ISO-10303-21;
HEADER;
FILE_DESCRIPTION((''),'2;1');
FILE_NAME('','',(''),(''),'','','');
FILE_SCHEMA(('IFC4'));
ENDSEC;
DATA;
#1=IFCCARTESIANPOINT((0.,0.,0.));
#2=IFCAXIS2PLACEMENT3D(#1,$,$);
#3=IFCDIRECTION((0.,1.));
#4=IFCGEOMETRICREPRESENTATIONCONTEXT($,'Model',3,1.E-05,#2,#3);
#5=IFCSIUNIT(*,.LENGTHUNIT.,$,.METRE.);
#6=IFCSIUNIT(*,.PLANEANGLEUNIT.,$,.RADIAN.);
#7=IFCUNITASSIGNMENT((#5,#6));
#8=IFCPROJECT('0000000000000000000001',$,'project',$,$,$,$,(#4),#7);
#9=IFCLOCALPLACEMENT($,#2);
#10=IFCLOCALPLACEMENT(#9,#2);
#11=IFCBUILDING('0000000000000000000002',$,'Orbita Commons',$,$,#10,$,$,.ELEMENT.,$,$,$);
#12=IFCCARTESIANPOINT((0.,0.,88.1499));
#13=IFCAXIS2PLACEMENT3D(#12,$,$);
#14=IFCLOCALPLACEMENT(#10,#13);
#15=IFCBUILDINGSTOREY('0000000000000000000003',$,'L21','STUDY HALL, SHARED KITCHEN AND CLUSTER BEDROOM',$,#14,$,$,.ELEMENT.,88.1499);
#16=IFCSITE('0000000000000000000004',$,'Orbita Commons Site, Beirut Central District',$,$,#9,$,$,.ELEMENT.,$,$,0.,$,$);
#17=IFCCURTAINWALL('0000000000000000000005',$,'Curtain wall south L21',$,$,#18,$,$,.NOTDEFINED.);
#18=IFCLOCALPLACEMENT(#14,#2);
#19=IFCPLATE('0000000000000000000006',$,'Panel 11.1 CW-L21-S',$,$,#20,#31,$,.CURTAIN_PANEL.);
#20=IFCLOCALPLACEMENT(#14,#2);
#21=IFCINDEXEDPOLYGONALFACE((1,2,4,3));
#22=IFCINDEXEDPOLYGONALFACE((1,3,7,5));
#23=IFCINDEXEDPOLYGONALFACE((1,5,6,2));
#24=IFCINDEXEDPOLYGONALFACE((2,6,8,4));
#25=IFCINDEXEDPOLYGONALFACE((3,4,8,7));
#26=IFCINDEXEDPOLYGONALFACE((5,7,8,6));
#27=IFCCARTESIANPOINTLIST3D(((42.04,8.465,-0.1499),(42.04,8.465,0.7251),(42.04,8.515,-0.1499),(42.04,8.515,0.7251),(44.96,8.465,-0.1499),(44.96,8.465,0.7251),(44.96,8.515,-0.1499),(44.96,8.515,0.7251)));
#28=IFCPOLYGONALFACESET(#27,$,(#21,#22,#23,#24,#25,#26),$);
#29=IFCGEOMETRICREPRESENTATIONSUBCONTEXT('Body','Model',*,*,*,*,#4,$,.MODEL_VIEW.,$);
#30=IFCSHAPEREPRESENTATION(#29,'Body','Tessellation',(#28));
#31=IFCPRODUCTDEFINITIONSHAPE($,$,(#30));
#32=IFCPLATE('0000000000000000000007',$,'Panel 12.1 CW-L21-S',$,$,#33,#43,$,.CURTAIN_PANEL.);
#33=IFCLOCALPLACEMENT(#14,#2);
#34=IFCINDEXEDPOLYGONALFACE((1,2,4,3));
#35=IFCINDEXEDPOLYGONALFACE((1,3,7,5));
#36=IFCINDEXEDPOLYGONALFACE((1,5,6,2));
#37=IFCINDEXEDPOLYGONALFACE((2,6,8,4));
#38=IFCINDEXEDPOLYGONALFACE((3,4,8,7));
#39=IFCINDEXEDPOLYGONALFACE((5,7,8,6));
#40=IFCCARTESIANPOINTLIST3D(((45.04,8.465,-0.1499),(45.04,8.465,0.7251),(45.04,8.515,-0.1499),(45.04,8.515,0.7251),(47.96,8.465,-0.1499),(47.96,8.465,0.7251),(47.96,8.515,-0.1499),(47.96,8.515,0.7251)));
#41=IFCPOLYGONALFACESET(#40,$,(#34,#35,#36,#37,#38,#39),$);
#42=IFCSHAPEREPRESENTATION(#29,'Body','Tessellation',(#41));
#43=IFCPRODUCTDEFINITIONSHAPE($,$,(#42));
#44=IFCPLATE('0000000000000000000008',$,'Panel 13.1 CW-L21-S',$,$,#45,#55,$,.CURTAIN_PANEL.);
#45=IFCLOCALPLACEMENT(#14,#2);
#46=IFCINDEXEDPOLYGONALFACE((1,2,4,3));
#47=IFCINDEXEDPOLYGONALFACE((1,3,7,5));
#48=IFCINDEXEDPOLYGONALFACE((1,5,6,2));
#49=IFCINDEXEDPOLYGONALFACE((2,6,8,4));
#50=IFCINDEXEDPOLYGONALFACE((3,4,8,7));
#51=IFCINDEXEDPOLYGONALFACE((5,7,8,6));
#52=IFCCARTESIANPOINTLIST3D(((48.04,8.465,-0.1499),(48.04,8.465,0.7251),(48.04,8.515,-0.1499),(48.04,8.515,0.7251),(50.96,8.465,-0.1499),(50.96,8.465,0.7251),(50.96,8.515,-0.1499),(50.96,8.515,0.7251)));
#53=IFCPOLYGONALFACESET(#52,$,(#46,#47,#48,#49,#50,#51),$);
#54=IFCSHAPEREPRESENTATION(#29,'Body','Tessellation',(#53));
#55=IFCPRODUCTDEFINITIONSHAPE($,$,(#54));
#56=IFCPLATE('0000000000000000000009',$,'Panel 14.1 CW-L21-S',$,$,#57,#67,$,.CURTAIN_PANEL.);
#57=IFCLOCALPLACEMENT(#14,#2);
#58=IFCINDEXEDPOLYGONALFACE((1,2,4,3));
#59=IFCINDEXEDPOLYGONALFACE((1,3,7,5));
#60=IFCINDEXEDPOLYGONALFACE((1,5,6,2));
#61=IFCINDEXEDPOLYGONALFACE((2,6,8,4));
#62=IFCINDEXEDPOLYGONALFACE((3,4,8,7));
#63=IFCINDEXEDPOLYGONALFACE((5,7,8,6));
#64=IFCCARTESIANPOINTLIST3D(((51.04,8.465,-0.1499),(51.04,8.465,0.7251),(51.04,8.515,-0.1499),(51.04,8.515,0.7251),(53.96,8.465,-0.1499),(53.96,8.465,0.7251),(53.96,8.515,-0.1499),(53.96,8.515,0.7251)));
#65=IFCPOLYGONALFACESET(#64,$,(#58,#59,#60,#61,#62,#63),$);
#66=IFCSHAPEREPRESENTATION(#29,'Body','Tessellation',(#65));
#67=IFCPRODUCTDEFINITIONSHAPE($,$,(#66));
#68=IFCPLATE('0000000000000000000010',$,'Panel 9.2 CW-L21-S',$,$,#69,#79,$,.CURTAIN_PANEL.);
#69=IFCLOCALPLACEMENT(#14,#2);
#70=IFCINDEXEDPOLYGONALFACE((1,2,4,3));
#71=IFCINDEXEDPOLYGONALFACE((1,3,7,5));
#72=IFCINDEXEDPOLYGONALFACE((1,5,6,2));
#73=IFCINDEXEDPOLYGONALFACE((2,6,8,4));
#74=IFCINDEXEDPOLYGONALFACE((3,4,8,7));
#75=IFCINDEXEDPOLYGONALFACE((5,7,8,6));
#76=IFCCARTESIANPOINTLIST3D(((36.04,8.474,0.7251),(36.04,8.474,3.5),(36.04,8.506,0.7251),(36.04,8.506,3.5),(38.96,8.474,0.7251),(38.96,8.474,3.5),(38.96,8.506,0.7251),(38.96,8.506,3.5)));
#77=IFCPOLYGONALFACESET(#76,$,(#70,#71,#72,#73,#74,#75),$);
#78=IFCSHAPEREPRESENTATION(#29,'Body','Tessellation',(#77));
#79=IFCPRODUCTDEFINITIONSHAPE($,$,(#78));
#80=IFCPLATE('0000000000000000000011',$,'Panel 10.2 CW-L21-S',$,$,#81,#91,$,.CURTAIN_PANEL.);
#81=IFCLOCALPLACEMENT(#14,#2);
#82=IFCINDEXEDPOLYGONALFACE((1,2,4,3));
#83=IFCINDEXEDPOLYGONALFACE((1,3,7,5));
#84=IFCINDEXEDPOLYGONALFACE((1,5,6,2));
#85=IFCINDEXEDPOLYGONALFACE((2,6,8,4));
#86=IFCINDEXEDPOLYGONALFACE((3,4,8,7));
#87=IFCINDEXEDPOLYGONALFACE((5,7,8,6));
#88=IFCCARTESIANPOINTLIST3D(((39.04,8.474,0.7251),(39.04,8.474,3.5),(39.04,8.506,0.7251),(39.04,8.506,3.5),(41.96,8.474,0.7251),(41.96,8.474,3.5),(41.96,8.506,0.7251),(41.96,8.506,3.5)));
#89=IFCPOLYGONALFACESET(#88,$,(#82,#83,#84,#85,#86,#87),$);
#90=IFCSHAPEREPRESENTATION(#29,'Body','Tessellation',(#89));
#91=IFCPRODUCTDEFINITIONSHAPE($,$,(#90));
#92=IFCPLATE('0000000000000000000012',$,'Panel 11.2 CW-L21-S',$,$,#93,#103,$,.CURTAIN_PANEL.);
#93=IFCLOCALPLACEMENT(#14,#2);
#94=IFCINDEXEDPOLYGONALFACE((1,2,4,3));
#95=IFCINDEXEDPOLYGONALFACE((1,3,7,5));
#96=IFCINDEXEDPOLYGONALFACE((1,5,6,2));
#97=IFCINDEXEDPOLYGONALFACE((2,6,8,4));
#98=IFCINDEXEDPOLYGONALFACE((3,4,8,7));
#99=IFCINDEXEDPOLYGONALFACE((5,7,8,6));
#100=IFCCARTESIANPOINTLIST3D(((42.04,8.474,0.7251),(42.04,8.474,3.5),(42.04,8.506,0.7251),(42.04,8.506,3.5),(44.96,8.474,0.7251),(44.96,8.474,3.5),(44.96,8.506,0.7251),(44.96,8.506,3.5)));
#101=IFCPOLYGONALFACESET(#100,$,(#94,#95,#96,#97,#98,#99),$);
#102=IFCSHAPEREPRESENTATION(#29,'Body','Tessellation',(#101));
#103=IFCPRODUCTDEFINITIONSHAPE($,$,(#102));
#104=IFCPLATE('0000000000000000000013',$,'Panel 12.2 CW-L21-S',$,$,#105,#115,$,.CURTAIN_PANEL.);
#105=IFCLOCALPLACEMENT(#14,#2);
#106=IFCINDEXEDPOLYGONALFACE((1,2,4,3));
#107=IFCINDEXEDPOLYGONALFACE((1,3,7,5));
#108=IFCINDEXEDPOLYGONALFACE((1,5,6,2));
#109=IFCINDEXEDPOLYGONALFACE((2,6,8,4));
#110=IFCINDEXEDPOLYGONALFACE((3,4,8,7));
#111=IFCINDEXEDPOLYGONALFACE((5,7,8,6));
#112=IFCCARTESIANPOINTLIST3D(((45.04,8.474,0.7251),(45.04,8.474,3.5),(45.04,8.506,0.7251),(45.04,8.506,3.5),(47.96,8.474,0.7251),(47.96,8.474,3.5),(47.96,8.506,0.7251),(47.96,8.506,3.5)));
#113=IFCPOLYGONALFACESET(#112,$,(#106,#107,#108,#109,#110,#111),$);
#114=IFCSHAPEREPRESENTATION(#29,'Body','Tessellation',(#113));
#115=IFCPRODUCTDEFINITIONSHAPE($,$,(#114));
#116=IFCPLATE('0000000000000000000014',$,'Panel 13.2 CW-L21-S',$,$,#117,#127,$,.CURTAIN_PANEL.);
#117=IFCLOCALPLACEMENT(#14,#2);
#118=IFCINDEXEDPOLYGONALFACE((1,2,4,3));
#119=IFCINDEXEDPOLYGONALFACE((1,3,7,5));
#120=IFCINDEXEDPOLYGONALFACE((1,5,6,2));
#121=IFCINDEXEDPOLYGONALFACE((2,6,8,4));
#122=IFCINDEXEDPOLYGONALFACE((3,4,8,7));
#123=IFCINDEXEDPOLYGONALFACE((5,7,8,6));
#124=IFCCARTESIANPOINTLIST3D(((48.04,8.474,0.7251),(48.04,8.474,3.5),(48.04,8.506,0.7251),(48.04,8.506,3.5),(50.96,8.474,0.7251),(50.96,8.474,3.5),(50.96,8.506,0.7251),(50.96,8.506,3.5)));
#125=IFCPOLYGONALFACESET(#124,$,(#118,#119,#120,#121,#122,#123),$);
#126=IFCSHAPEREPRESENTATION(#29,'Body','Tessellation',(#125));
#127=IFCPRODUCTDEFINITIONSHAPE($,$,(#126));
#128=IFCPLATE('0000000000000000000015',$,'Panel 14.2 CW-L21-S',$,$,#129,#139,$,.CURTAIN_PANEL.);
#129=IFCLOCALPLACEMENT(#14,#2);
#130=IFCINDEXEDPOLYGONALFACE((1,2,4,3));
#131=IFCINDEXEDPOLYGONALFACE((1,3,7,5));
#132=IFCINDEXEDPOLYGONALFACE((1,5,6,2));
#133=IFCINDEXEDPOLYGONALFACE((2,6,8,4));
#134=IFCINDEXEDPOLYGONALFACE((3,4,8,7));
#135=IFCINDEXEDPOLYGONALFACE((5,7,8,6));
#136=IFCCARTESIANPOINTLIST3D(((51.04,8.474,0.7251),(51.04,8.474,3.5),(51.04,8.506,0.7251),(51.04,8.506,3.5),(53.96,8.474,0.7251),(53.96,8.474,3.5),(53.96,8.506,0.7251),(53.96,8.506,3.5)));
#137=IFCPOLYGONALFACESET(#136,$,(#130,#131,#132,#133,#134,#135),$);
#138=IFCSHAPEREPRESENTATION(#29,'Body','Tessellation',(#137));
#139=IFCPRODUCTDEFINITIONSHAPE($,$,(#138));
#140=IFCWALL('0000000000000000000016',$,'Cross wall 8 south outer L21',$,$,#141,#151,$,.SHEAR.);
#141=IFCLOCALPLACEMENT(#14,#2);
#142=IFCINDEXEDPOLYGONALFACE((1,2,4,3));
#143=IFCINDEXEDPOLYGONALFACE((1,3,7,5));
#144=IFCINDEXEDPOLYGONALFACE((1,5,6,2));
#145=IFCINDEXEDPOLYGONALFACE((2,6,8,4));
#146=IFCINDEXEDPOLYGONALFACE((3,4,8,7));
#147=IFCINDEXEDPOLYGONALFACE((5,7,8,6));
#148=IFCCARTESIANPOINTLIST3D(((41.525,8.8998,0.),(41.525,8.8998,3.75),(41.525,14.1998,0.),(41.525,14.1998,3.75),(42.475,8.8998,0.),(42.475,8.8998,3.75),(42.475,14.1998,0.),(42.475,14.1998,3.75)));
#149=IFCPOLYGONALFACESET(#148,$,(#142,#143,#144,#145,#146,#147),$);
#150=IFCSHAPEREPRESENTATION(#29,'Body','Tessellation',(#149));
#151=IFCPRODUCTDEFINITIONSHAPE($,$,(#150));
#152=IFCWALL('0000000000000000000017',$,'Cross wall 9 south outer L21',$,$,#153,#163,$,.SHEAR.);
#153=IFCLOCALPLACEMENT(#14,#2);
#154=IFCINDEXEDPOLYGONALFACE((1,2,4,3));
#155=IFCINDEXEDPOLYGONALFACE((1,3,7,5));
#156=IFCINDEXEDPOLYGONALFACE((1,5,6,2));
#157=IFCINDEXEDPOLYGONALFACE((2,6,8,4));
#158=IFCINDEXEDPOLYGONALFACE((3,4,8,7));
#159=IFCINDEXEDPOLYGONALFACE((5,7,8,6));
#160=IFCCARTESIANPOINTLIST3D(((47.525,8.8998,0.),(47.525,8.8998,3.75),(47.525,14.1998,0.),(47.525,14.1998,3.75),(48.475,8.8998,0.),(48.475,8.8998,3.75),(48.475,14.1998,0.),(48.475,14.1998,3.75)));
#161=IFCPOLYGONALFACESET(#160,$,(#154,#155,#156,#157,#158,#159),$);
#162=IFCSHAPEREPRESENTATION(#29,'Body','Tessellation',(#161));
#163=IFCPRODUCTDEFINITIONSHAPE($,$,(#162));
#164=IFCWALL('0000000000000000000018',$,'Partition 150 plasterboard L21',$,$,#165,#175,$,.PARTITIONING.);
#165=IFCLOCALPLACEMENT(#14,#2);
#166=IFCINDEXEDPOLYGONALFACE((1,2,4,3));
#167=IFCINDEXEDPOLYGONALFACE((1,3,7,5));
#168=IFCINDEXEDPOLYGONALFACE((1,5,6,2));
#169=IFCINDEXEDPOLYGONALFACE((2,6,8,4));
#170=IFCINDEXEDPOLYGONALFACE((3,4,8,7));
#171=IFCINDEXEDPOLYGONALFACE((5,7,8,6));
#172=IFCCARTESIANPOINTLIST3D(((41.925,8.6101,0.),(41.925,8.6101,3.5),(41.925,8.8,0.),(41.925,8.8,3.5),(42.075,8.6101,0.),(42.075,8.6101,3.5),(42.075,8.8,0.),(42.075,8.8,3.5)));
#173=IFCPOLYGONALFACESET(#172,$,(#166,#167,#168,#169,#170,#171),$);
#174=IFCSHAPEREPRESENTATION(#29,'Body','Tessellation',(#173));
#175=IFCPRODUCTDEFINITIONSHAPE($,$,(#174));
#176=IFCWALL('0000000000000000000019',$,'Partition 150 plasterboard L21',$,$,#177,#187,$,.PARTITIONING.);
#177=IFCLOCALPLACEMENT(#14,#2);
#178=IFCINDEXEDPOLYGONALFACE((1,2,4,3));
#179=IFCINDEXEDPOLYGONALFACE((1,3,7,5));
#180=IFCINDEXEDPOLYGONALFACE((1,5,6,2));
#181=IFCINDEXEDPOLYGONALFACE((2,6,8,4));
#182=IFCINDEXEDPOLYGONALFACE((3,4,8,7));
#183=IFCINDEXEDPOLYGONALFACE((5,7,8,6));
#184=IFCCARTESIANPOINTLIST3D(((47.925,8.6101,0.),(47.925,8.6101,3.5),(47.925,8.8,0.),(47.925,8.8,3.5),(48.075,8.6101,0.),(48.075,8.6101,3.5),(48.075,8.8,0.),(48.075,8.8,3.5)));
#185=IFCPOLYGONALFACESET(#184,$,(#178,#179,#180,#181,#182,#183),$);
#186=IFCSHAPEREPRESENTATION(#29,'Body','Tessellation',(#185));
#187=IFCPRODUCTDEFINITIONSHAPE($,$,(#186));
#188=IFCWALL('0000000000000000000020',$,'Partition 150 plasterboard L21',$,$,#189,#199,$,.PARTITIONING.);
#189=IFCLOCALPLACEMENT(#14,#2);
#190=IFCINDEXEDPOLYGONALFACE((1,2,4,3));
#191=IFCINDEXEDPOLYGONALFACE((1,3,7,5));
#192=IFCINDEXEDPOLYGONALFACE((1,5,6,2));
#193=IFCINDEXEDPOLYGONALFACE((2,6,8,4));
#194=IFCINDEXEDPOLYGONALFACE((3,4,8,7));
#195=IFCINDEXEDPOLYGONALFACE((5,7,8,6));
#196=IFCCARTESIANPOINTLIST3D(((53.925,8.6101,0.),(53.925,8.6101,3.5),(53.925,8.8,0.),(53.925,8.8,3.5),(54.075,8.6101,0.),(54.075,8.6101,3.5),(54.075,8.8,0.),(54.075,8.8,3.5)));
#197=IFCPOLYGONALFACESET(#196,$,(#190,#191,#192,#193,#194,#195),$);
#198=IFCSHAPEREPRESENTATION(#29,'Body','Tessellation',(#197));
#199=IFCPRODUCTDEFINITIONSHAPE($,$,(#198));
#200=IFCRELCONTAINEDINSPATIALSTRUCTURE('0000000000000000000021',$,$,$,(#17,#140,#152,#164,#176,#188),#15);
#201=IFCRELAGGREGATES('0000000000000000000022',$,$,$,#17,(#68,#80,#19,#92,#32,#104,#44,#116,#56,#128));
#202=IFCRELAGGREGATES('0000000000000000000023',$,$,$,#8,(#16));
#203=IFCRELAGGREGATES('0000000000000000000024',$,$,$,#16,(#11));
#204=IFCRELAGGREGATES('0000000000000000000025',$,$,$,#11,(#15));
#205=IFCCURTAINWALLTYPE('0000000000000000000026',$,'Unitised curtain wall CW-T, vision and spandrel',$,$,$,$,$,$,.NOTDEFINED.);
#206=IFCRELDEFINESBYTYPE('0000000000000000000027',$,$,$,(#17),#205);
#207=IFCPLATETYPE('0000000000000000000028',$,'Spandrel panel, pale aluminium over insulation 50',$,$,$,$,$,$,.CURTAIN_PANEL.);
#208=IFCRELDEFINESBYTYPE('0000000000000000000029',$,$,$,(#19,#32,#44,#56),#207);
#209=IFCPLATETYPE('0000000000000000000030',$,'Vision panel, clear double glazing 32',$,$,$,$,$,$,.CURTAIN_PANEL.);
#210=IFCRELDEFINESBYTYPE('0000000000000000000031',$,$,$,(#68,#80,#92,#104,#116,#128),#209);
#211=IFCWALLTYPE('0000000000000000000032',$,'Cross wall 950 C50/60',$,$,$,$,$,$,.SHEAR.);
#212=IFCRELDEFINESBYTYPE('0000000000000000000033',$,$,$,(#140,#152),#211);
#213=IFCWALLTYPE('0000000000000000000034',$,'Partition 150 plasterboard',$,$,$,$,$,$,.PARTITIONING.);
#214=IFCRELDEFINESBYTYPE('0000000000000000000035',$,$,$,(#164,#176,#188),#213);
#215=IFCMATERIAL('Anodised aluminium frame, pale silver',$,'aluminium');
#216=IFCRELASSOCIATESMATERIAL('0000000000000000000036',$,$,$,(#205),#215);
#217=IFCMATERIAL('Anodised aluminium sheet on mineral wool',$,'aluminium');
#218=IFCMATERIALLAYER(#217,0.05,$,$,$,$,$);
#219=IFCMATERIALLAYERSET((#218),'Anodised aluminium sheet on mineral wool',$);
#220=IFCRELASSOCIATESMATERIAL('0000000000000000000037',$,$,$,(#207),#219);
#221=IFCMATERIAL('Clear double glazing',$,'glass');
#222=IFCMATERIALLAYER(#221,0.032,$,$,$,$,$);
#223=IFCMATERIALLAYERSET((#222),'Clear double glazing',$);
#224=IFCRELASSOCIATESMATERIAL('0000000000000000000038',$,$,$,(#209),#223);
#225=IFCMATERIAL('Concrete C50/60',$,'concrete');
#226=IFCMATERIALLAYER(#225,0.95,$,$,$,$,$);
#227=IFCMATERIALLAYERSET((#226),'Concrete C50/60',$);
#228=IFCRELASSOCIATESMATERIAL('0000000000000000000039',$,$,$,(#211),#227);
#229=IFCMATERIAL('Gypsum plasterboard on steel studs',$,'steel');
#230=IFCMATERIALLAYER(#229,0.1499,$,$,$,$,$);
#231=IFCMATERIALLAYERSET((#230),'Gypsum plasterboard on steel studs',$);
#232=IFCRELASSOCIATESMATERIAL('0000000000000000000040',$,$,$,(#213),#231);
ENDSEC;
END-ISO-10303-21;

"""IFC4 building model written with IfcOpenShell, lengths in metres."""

from ifc_helpers import new_model, si_unit, direction, frame, frame_2d, origin, origin_2d, place, context, subcontext, project, spatial, rectangle, extrude, material, layer, layer_set, type_object, element, aggregate, save


model = new_model("IFC4")

# Units and contexts
model_context = context("Model", 3, precision=1e-05, world=origin(), true_north=direction((0.0, 1.0)))
body_context = subcontext(model_context, "Body", "Model", "MODEL_VIEW")
ifc_project = project(units=[si_unit("LENGTHUNIT", "METRE"), si_unit("PLANEANGLEUNIT", "RADIAN")], contexts=[model_context])

# Site, building, storey
site_placement = place(None, origin())
site = spatial("IfcSite", under=ifc_project, at=site_placement, Name="Orbita Commons Site, Beirut Central District", CompositionType="ELEMENT", RefElevation=0.0)
building_placement = place(site_placement, origin())
building = spatial("IfcBuilding", under=site, at=building_placement, Name="Orbita Commons", CompositionType="ELEMENT")
storey_placement = place(building_placement, frame((0.0, 0.0, 88.1499)))
storey = spatial("IfcBuildingStorey", under=building, at=storey_placement, Name="L21", Description="STUDY HALL, SHARED KITCHEN AND CLUSTER BEDROOM", CompositionType="ELEMENT", Elevation=88.1499)

# Curtain wall, plates
ifc_material_1 = material(Name="Anodised aluminium frame, pale silver", Category="aluminium")
curtain_wall_type = type_object("IfcCurtainWallType", Name="Unitised curtain wall CW-T, vision and spandrel", PredefinedType="NOTDEFINED", material=ifc_material_1)
curtain_wall_placement = place(storey_placement, origin())
curtain_wall = element("IfcCurtainWall", 1, at=curtain_wall_placement, inside=storey, type_object=curtain_wall_type, Name="Curtain wall south L21", PredefinedType="NOTDEFINED")
ifc_material_2 = material(Name="Anodised aluminium sheet on mineral wool", Category="aluminium")
ifc_layer_1 = layer(ifc_material_2, 0.05)
ifc_layer_set_1 = layer_set([ifc_layer_1], Name="Anodised aluminium sheet on mineral wool")
plate_type_1 = type_object("IfcPlateType", Name="Spandrel panel, pale aluminium over insulation 50", PredefinedType="CURTAIN_PANEL", material=ifc_layer_set_1)
plate_1_placement = place(storey_placement, frame((43.5, 8.49, -0.1499), z_axis=(0.0, 0.0, 1.0), x_axis=(1.0, 0.0, 0.0)))
plate_1 = element("IfcPlate", 2, at=plate_1_placement, type_object=plate_type_1, Name="Panel 11.1 CW-L21-S", PredefinedType="CURTAIN_PANEL", context=body_context, shape_type="SweptSolid", body=[
    extrude(rectangle(XDim=2.9199, YDim=0.05, at=origin_2d()), origin(), (0.0, 0.0, 1.0), 0.875),
])
plate_2_placement = place(storey_placement, frame((46.5, 8.49, -0.1499), z_axis=(0.0, 0.0, 1.0), x_axis=(1.0, 0.0, 0.0)))
plate_2 = element("IfcPlate", 3, at=plate_2_placement, type_object=plate_type_1, Name="Panel 12.1 CW-L21-S", PredefinedType="CURTAIN_PANEL", context=body_context, shape_type="SweptSolid", body=[
    extrude(rectangle(XDim=2.9199, YDim=0.05, at=origin_2d()), origin(), (0.0, 0.0, 1.0), 0.875),
])
plate_3_placement = place(storey_placement, frame((49.5, 8.49, -0.1499), z_axis=(0.0, 0.0, 1.0), x_axis=(1.0, 0.0, 0.0)))
plate_3 = element("IfcPlate", 4, at=plate_3_placement, type_object=plate_type_1, Name="Panel 13.1 CW-L21-S", PredefinedType="CURTAIN_PANEL", context=body_context, shape_type="SweptSolid", body=[
    extrude(rectangle(XDim=2.9199, YDim=0.05, at=origin_2d()), origin(), (0.0, 0.0, 1.0), 0.875),
])
plate_4_placement = place(storey_placement, frame((52.5, 8.49, -0.1499), z_axis=(0.0, 0.0, 1.0), x_axis=(1.0, 0.0, 0.0)))
plate_4 = element("IfcPlate", 5, at=plate_4_placement, type_object=plate_type_1, Name="Panel 14.1 CW-L21-S", PredefinedType="CURTAIN_PANEL", context=body_context, shape_type="SweptSolid", body=[
    extrude(rectangle(XDim=2.9199, YDim=0.05, at=origin_2d()), origin(), (0.0, 0.0, 1.0), 0.875),
])
ifc_material_3 = material(Name="Clear double glazing", Category="glass")
ifc_layer_2 = layer(ifc_material_3, 0.032)
ifc_layer_set_2 = layer_set([ifc_layer_2], Name="Clear double glazing")
plate_type_2 = type_object("IfcPlateType", Name="Vision panel, clear double glazing 32", PredefinedType="CURTAIN_PANEL", material=ifc_layer_set_2)
plate_5_placement = place(storey_placement, frame((37.5, 8.49, 0.7251), z_axis=(0.0, 0.0, 1.0), x_axis=(1.0, 0.0, 0.0)))
plate_5 = element("IfcPlate", 6, at=plate_5_placement, type_object=plate_type_2, Name="Panel 9.2 CW-L21-S", PredefinedType="CURTAIN_PANEL", context=body_context, shape_type="SweptSolid", body=[
    extrude(rectangle(XDim=2.9199, YDim=0.032, at=origin_2d()), origin(), (0.0, 0.0, 1.0), 2.7749),
])
plate_6_placement = place(storey_placement, frame((40.5, 8.49, 0.7251), z_axis=(0.0, 0.0, 1.0), x_axis=(1.0, 0.0, 0.0)))
plate_6 = element("IfcPlate", 7, at=plate_6_placement, type_object=plate_type_2, Name="Panel 10.2 CW-L21-S", PredefinedType="CURTAIN_PANEL", context=body_context, shape_type="SweptSolid", body=[
    extrude(rectangle(XDim=2.9199, YDim=0.032, at=origin_2d()), origin(), (0.0, 0.0, 1.0), 2.7749),
])
plate_7_placement = place(storey_placement, frame((43.5, 8.49, 0.7251), z_axis=(0.0, 0.0, 1.0), x_axis=(1.0, 0.0, 0.0)))
plate_7 = element("IfcPlate", 8, at=plate_7_placement, type_object=plate_type_2, Name="Panel 11.2 CW-L21-S", PredefinedType="CURTAIN_PANEL", context=body_context, shape_type="SweptSolid", body=[
    extrude(rectangle(XDim=2.9199, YDim=0.032, at=origin_2d()), origin(), (0.0, 0.0, 1.0), 2.7749),
])
plate_8_placement = place(storey_placement, frame((46.5, 8.49, 0.7251), z_axis=(0.0, 0.0, 1.0), x_axis=(1.0, 0.0, 0.0)))
plate_8 = element("IfcPlate", 9, at=plate_8_placement, type_object=plate_type_2, Name="Panel 12.2 CW-L21-S", PredefinedType="CURTAIN_PANEL", context=body_context, shape_type="SweptSolid", body=[
    extrude(rectangle(XDim=2.9199, YDim=0.032, at=origin_2d()), origin(), (0.0, 0.0, 1.0), 2.7749),
])
plate_9_placement = place(storey_placement, frame((49.5, 8.49, 0.7251), z_axis=(0.0, 0.0, 1.0), x_axis=(1.0, 0.0, 0.0)))
plate_9 = element("IfcPlate", 10, at=plate_9_placement, type_object=plate_type_2, Name="Panel 13.2 CW-L21-S", PredefinedType="CURTAIN_PANEL", context=body_context, shape_type="SweptSolid", body=[
    extrude(rectangle(XDim=2.9199, YDim=0.032, at=origin_2d()), origin(), (0.0, 0.0, 1.0), 2.7749),
])
plate_10_placement = place(storey_placement, frame((52.5, 8.49, 0.7251), z_axis=(0.0, 0.0, 1.0), x_axis=(1.0, 0.0, 0.0)))
plate_10 = element("IfcPlate", 11, at=plate_10_placement, type_object=plate_type_2, Name="Panel 14.2 CW-L21-S", PredefinedType="CURTAIN_PANEL", context=body_context, shape_type="SweptSolid", body=[
    extrude(rectangle(XDim=2.9199, YDim=0.032, at=origin_2d()), origin(), (0.0, 0.0, 1.0), 2.7749),
])
aggregate(curtain_wall, [plate_5, plate_6, plate_1, plate_7, plate_2, plate_8, plate_3, plate_9, plate_4, plate_10])

# Walls
ifc_material_4 = material(Name="Concrete C50/60", Category="concrete")
ifc_layer_3 = layer(ifc_material_4, 0.95)
ifc_layer_set_3 = layer_set([ifc_layer_3], Name="Concrete C50/60")
wall_type_1 = type_object("IfcWallType", Name="Cross wall 950 C50/60", PredefinedType="SHEAR", material=ifc_layer_set_3)
for number, where, z_axis, x_axis, name in (
    (12, (42.0, 8.8999, 0.0), (0.0, 0.0, 1.0), (0.0, 1.0, 0.0), "Cross wall 8 south outer L21"),
    (13, (48.0, 8.8999, 0.0), (0.0, 0.0, 1.0), (0.0, 1.0, 0.0), "Cross wall 9 south outer L21"),
):
    element("IfcWall", number, at=place(storey_placement, frame(where, z_axis=z_axis, x_axis=x_axis)), inside=storey, type_object=wall_type_1, Name=name, PredefinedType="SHEAR", context=body_context, shape_type="SweptSolid", body=[
        extrude(rectangle(XDim=5.3, YDim=0.95, at=frame_2d((2.6499, 0.0))), origin(), (0.0, 0.0, 1.0), 3.75),
    ])
ifc_material_5 = material(Name="Gypsum plasterboard on steel studs", Category="steel")
ifc_layer_4 = layer(ifc_material_5, 0.1499)
ifc_layer_set_4 = layer_set([ifc_layer_4], Name="Gypsum plasterboard on steel studs")
wall_type_2 = type_object("IfcWallType", Name="Partition 150 plasterboard", PredefinedType="PARTITIONING", material=ifc_layer_set_4)
for number, where, z_axis, x_axis, name in (
    (14, (42.0, 8.8, 0.0), (0.0, 0.0, 1.0), (0.0, -1.0, 0.0), "Partition 150 plasterboard L21"),
    (15, (48.0, 8.8, 0.0), (0.0, 0.0, 1.0), (0.0, -1.0, 0.0), "Partition 150 plasterboard L21"),
    (16, (54.0, 8.8, 0.0), (0.0, 0.0, 1.0), (0.0, -1.0, 0.0), "Partition 150 plasterboard L21"),
):
    element("IfcWall", number, at=place(storey_placement, frame(where, z_axis=z_axis, x_axis=x_axis)), inside=storey, type_object=wall_type_2, Name=name, PredefinedType="PARTITIONING", context=body_context, shape_type="SweptSolid", body=[
        extrude(rectangle(XDim=0.1899, YDim=0.1499, at=frame_2d((0.095, 0.0))), origin(), (0.0, 0.0, 1.0), 3.5),
    ])

save(model, "model.ifc")
